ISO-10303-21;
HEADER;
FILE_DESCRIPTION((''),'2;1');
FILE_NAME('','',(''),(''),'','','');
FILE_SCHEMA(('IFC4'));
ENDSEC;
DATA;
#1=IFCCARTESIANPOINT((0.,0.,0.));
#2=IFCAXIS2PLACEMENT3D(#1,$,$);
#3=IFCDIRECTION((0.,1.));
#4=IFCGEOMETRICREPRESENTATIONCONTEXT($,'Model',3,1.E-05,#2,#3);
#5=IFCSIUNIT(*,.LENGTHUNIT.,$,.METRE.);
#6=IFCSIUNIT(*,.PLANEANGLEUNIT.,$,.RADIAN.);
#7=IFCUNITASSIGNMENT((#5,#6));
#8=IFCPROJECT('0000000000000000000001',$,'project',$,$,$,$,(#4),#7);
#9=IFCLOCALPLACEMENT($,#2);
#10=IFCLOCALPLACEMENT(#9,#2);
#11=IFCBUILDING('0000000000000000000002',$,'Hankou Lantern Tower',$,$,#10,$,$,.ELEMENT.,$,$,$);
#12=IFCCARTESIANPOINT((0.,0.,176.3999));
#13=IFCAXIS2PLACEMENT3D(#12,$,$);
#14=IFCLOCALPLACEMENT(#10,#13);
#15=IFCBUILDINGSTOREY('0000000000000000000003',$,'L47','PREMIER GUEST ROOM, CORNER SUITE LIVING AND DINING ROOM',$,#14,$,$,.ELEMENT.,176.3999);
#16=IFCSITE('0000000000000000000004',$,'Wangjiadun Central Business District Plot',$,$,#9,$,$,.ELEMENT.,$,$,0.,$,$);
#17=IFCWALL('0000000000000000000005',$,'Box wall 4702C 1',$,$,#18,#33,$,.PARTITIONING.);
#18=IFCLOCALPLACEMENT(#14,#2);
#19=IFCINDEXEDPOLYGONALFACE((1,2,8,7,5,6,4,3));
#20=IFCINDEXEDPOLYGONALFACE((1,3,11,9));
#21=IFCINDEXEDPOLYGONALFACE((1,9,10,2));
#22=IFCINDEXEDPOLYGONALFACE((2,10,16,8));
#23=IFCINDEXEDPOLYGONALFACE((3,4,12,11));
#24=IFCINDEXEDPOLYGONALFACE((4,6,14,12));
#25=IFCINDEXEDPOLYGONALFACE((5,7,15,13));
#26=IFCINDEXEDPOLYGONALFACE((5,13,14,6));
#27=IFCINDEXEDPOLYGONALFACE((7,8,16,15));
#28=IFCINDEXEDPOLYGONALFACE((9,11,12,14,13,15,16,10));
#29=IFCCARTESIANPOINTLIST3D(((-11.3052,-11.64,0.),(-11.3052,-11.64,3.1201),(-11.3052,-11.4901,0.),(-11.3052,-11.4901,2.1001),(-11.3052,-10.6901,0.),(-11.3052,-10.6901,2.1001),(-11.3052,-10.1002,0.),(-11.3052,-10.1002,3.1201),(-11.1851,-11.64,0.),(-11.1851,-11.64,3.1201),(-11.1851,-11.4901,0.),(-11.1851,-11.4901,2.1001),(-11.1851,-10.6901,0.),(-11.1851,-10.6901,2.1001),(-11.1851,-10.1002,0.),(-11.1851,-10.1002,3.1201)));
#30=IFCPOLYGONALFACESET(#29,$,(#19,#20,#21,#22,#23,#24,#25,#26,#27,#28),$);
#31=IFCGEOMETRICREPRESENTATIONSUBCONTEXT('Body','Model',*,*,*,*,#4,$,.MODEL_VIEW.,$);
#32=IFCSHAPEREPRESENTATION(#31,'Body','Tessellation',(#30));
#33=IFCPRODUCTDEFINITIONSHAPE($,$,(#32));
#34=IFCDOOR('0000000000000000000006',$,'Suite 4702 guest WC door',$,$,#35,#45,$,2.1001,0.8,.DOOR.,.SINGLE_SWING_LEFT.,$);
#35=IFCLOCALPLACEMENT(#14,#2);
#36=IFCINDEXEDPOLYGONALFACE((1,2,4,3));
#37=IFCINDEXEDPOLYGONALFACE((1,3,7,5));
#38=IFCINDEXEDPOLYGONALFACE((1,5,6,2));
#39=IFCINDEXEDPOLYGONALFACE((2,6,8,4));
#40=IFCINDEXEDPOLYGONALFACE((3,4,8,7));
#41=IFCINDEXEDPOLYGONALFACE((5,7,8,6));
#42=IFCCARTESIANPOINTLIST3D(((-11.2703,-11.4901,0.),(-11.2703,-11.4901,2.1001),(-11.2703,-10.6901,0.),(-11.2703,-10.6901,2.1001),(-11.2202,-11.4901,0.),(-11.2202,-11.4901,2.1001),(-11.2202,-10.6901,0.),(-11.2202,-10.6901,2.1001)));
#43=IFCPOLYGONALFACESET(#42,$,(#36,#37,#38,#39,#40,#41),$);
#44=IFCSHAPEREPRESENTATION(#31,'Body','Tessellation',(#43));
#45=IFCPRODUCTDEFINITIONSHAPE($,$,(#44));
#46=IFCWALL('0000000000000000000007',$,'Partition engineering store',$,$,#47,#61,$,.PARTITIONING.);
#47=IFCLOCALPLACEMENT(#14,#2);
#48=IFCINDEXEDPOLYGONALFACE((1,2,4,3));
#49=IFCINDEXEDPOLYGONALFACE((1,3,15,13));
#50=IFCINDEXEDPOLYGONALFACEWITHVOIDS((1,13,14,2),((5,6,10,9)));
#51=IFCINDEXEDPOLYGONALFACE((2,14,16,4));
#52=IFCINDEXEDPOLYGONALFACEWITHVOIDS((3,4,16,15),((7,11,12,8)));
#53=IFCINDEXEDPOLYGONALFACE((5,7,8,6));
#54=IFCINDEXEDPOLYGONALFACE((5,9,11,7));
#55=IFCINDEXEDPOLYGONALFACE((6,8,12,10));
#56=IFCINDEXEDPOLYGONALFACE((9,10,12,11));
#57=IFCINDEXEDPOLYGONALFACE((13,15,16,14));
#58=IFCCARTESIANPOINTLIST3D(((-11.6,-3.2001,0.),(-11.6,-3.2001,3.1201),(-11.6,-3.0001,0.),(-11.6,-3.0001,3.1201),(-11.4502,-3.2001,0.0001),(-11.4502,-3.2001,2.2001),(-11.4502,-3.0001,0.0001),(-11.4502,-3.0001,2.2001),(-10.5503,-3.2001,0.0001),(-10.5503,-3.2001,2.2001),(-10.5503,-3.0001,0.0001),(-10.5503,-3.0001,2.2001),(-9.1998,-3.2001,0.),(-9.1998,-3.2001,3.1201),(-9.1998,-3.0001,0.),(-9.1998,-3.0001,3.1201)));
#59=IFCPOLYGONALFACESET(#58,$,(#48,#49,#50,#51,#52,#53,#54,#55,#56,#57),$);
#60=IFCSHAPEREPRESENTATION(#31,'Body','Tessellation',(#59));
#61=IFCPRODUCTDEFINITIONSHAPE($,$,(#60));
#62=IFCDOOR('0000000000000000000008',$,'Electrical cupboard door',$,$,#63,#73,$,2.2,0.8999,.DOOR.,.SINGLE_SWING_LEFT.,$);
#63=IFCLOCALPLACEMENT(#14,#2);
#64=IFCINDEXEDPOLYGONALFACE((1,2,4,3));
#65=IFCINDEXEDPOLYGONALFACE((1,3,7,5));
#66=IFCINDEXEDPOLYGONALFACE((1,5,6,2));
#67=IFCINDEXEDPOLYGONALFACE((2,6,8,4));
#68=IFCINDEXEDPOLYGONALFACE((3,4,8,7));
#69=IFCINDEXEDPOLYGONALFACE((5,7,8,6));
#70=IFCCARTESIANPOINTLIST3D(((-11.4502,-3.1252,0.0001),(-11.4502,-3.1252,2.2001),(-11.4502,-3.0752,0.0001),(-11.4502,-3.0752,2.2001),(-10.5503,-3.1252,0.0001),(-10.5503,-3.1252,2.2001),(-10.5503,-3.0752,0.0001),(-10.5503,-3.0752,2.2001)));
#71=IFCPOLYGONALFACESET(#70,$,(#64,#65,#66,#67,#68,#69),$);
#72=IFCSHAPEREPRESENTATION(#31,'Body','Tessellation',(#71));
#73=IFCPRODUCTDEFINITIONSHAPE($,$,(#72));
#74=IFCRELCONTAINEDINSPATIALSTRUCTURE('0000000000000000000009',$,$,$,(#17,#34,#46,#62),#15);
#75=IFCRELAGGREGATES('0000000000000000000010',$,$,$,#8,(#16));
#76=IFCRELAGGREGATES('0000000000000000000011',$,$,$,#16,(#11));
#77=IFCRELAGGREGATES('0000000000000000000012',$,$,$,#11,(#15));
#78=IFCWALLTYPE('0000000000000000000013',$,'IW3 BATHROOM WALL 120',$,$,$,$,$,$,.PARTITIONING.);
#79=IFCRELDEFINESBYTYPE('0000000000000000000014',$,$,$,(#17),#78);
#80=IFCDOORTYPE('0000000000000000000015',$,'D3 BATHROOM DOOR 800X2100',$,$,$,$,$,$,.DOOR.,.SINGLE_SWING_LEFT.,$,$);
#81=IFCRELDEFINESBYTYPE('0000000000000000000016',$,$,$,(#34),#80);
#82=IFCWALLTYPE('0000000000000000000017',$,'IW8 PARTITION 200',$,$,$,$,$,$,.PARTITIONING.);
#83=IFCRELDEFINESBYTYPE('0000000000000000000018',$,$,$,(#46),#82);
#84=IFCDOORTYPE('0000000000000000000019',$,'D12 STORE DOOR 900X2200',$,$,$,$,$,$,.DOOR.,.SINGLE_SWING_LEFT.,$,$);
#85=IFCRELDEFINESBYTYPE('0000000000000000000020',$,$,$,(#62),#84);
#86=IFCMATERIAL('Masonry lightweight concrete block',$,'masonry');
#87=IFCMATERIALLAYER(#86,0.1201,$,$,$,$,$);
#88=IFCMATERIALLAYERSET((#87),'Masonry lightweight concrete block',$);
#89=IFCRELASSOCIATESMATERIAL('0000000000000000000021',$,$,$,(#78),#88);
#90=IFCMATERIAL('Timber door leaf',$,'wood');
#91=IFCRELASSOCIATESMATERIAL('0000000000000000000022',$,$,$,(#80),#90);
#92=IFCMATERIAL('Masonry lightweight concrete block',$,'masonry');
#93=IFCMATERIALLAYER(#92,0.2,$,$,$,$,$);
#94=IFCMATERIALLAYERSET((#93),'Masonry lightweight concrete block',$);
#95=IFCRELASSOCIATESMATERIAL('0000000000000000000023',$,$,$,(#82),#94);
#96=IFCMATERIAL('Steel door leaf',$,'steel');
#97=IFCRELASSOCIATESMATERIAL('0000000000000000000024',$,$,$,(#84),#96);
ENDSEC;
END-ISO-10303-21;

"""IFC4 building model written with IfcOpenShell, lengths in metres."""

from ifc_helpers import new_model, si_unit, direction, frame, frame_2d, origin, place, context, subcontext, project, spatial, rectangle, extrude, material, layer, layer_set, type_object, element, fill, save


model = new_model("IFC4")

# Units and contexts
model_context = context("Model", 3, precision=1e-05, world=origin(), true_north=direction((0.0, 1.0)))
body_context = subcontext(model_context, "Body", "Model", "MODEL_VIEW")
ifc_project = project(units=[si_unit("LENGTHUNIT", "METRE"), si_unit("PLANEANGLEUNIT", "RADIAN")], contexts=[model_context])

# Site, building, storey
site_placement = place(None, origin())
site = spatial("IfcSite", under=ifc_project, at=site_placement, Name="Wangjiadun Central Business District Plot", CompositionType="ELEMENT", RefElevation=0.0)
building_placement = place(site_placement, origin())
building = spatial("IfcBuilding", under=site, at=building_placement, Name="Hankou Lantern Tower", CompositionType="ELEMENT")
storey_placement = place(building_placement, frame((0.0, 0.0, 176.3999)))
storey = spatial("IfcBuildingStorey", under=building, at=storey_placement, Name="L47", Description="PREMIER GUEST ROOM, CORNER SUITE LIVING AND DINING ROOM", CompositionType="ELEMENT", Elevation=176.3999)

# Walls, openings, doors
ifc_material_1 = material(Name="Masonry lightweight concrete block", Category="masonry")
ifc_layer_1 = layer(ifc_material_1, 0.1201)
ifc_layer_set_1 = layer_set([ifc_layer_1], Name="Masonry lightweight concrete block")
wall_type_1 = type_object("IfcWallType", Name="IW3 BATHROOM WALL 120", PredefinedType="PARTITIONING", material=ifc_layer_set_1)
wall_1_placement = place(storey_placement, frame((-11.2451, -10.1001, 0.0), z_axis=(0.0, 0.0, 1.0), x_axis=(0.0, -1.0, 0.0)))
wall_1 = element("IfcWall", 1, at=wall_1_placement, inside=storey, type_object=wall_type_1, Name="Box wall 4702C 1", PredefinedType="PARTITIONING", context=body_context, shape_type="SweptSolid", body=[
    extrude(rectangle(XDim=1.5398, YDim=0.1201, at=frame_2d((0.77, 0.0))), origin(), (0.0, 0.0, 1.0), 3.1201),
])
opening_1_placement = place(wall_1_placement, frame((0.5901, 0.0, 0.0)))
opening_1 = element("IfcOpeningElement", 2, at=opening_1_placement, cuts=wall_1, PredefinedType="OPENING", context=body_context, shape_type="SweptSolid", body=[
    extrude(rectangle(XDim=0.8, YDim=2.1001, at=frame_2d((0.3999, 1.05))), frame((0.0, 0.0701, 0.0), z_axis=(0.0, -1.0, 0.0), x_axis=(1.0, 0.0, 0.0)), (0.0, 0.0, 1.0), 0.1401),
])
ifc_material_2 = material(Name="Timber door leaf", Category="wood")
door_type_1 = type_object("IfcDoorType", Name="D3 BATHROOM DOOR 800X2100", OperationType="SINGLE_SWING_LEFT", PredefinedType="DOOR", material=ifc_material_2)
door_1_placement = place(opening_1_placement, origin())
door_1 = element("IfcDoor", 3, at=door_1_placement, inside=storey, type_object=door_type_1, Name="Suite 4702 guest WC door", OperationType="SINGLE_SWING_LEFT", OverallHeight=2.1001, OverallWidth=0.8, PredefinedType="DOOR", context=body_context, shape_type="SweptSolid", body=[
    extrude(rectangle(XDim=0.8, YDim=2.1001, at=frame_2d((0.3999, 1.05))), frame((0.0, 0.0249, 0.0), z_axis=(0.0, -1.0, 0.0), x_axis=(1.0, 0.0, 0.0)), (0.0, 0.0, 1.0), 0.05),
])
fill(opening_1, door_1)
ifc_material_3 = material(Name="Masonry lightweight concrete block", Category="masonry")
ifc_layer_2 = layer(ifc_material_3, 0.2)
ifc_layer_set_2 = layer_set([ifc_layer_2], Name="Masonry lightweight concrete block")
wall_type_2 = type_object("IfcWallType", Name="IW8 PARTITION 200", PredefinedType="PARTITIONING", material=ifc_layer_set_2)
wall_2_placement = place(storey_placement, frame((-11.6001, -3.1001, 0.0), z_axis=(0.0, 0.0, 1.0), x_axis=(1.0, 0.0, 0.0)))
wall_2 = element("IfcWall", 4, at=wall_2_placement, inside=storey, type_object=wall_type_2, Name="Partition engineering store", PredefinedType="PARTITIONING", context=body_context, shape_type="SweptSolid", body=[
    extrude(rectangle(XDim=2.4001, YDim=0.2, at=frame_2d((1.2002, 0.0))), origin(), (0.0, 0.0, 1.0), 3.1201),
])
opening_2_placement = place(wall_2_placement, frame((0.1499, 0.0, 0.0)))
opening_2 = element("IfcOpeningElement", 5, at=opening_2_placement, cuts=wall_2, PredefinedType="OPENING", context=body_context, shape_type="SweptSolid", body=[
    extrude(rectangle(XDim=0.8999, YDim=2.2, at=frame_2d((0.45, 1.1001))), frame((0.0, 0.1099, 0.0), z_axis=(0.0, -1.0, 0.0), x_axis=(1.0, 0.0, 0.0)), (0.0, 0.0, 1.0), 0.22),
])
ifc_material_4 = material(Name="Steel door leaf", Category="steel")
door_type_2 = type_object("IfcDoorType", Name="D12 STORE DOOR 900X2200", OperationType="SINGLE_SWING_LEFT", PredefinedType="DOOR", material=ifc_material_4)
door_2_placement = place(opening_2_placement, origin())
door_2 = element("IfcDoor", 6, at=door_2_placement, inside=storey, type_object=door_type_2, Name="Electrical cupboard door", OperationType="SINGLE_SWING_LEFT", OverallHeight=2.2, OverallWidth=0.8999, PredefinedType="DOOR", context=body_context, shape_type="SweptSolid", body=[
    extrude(rectangle(XDim=0.8999, YDim=2.2, at=frame_2d((0.45, 1.1001))), frame((0.0, 0.0249, 0.0), z_axis=(0.0, -1.0, 0.0), x_axis=(1.0, 0.0, 0.0)), (0.0, 0.0, 1.0), 0.05),
])
fill(opening_2, door_2)

save(model, "model.ifc")
